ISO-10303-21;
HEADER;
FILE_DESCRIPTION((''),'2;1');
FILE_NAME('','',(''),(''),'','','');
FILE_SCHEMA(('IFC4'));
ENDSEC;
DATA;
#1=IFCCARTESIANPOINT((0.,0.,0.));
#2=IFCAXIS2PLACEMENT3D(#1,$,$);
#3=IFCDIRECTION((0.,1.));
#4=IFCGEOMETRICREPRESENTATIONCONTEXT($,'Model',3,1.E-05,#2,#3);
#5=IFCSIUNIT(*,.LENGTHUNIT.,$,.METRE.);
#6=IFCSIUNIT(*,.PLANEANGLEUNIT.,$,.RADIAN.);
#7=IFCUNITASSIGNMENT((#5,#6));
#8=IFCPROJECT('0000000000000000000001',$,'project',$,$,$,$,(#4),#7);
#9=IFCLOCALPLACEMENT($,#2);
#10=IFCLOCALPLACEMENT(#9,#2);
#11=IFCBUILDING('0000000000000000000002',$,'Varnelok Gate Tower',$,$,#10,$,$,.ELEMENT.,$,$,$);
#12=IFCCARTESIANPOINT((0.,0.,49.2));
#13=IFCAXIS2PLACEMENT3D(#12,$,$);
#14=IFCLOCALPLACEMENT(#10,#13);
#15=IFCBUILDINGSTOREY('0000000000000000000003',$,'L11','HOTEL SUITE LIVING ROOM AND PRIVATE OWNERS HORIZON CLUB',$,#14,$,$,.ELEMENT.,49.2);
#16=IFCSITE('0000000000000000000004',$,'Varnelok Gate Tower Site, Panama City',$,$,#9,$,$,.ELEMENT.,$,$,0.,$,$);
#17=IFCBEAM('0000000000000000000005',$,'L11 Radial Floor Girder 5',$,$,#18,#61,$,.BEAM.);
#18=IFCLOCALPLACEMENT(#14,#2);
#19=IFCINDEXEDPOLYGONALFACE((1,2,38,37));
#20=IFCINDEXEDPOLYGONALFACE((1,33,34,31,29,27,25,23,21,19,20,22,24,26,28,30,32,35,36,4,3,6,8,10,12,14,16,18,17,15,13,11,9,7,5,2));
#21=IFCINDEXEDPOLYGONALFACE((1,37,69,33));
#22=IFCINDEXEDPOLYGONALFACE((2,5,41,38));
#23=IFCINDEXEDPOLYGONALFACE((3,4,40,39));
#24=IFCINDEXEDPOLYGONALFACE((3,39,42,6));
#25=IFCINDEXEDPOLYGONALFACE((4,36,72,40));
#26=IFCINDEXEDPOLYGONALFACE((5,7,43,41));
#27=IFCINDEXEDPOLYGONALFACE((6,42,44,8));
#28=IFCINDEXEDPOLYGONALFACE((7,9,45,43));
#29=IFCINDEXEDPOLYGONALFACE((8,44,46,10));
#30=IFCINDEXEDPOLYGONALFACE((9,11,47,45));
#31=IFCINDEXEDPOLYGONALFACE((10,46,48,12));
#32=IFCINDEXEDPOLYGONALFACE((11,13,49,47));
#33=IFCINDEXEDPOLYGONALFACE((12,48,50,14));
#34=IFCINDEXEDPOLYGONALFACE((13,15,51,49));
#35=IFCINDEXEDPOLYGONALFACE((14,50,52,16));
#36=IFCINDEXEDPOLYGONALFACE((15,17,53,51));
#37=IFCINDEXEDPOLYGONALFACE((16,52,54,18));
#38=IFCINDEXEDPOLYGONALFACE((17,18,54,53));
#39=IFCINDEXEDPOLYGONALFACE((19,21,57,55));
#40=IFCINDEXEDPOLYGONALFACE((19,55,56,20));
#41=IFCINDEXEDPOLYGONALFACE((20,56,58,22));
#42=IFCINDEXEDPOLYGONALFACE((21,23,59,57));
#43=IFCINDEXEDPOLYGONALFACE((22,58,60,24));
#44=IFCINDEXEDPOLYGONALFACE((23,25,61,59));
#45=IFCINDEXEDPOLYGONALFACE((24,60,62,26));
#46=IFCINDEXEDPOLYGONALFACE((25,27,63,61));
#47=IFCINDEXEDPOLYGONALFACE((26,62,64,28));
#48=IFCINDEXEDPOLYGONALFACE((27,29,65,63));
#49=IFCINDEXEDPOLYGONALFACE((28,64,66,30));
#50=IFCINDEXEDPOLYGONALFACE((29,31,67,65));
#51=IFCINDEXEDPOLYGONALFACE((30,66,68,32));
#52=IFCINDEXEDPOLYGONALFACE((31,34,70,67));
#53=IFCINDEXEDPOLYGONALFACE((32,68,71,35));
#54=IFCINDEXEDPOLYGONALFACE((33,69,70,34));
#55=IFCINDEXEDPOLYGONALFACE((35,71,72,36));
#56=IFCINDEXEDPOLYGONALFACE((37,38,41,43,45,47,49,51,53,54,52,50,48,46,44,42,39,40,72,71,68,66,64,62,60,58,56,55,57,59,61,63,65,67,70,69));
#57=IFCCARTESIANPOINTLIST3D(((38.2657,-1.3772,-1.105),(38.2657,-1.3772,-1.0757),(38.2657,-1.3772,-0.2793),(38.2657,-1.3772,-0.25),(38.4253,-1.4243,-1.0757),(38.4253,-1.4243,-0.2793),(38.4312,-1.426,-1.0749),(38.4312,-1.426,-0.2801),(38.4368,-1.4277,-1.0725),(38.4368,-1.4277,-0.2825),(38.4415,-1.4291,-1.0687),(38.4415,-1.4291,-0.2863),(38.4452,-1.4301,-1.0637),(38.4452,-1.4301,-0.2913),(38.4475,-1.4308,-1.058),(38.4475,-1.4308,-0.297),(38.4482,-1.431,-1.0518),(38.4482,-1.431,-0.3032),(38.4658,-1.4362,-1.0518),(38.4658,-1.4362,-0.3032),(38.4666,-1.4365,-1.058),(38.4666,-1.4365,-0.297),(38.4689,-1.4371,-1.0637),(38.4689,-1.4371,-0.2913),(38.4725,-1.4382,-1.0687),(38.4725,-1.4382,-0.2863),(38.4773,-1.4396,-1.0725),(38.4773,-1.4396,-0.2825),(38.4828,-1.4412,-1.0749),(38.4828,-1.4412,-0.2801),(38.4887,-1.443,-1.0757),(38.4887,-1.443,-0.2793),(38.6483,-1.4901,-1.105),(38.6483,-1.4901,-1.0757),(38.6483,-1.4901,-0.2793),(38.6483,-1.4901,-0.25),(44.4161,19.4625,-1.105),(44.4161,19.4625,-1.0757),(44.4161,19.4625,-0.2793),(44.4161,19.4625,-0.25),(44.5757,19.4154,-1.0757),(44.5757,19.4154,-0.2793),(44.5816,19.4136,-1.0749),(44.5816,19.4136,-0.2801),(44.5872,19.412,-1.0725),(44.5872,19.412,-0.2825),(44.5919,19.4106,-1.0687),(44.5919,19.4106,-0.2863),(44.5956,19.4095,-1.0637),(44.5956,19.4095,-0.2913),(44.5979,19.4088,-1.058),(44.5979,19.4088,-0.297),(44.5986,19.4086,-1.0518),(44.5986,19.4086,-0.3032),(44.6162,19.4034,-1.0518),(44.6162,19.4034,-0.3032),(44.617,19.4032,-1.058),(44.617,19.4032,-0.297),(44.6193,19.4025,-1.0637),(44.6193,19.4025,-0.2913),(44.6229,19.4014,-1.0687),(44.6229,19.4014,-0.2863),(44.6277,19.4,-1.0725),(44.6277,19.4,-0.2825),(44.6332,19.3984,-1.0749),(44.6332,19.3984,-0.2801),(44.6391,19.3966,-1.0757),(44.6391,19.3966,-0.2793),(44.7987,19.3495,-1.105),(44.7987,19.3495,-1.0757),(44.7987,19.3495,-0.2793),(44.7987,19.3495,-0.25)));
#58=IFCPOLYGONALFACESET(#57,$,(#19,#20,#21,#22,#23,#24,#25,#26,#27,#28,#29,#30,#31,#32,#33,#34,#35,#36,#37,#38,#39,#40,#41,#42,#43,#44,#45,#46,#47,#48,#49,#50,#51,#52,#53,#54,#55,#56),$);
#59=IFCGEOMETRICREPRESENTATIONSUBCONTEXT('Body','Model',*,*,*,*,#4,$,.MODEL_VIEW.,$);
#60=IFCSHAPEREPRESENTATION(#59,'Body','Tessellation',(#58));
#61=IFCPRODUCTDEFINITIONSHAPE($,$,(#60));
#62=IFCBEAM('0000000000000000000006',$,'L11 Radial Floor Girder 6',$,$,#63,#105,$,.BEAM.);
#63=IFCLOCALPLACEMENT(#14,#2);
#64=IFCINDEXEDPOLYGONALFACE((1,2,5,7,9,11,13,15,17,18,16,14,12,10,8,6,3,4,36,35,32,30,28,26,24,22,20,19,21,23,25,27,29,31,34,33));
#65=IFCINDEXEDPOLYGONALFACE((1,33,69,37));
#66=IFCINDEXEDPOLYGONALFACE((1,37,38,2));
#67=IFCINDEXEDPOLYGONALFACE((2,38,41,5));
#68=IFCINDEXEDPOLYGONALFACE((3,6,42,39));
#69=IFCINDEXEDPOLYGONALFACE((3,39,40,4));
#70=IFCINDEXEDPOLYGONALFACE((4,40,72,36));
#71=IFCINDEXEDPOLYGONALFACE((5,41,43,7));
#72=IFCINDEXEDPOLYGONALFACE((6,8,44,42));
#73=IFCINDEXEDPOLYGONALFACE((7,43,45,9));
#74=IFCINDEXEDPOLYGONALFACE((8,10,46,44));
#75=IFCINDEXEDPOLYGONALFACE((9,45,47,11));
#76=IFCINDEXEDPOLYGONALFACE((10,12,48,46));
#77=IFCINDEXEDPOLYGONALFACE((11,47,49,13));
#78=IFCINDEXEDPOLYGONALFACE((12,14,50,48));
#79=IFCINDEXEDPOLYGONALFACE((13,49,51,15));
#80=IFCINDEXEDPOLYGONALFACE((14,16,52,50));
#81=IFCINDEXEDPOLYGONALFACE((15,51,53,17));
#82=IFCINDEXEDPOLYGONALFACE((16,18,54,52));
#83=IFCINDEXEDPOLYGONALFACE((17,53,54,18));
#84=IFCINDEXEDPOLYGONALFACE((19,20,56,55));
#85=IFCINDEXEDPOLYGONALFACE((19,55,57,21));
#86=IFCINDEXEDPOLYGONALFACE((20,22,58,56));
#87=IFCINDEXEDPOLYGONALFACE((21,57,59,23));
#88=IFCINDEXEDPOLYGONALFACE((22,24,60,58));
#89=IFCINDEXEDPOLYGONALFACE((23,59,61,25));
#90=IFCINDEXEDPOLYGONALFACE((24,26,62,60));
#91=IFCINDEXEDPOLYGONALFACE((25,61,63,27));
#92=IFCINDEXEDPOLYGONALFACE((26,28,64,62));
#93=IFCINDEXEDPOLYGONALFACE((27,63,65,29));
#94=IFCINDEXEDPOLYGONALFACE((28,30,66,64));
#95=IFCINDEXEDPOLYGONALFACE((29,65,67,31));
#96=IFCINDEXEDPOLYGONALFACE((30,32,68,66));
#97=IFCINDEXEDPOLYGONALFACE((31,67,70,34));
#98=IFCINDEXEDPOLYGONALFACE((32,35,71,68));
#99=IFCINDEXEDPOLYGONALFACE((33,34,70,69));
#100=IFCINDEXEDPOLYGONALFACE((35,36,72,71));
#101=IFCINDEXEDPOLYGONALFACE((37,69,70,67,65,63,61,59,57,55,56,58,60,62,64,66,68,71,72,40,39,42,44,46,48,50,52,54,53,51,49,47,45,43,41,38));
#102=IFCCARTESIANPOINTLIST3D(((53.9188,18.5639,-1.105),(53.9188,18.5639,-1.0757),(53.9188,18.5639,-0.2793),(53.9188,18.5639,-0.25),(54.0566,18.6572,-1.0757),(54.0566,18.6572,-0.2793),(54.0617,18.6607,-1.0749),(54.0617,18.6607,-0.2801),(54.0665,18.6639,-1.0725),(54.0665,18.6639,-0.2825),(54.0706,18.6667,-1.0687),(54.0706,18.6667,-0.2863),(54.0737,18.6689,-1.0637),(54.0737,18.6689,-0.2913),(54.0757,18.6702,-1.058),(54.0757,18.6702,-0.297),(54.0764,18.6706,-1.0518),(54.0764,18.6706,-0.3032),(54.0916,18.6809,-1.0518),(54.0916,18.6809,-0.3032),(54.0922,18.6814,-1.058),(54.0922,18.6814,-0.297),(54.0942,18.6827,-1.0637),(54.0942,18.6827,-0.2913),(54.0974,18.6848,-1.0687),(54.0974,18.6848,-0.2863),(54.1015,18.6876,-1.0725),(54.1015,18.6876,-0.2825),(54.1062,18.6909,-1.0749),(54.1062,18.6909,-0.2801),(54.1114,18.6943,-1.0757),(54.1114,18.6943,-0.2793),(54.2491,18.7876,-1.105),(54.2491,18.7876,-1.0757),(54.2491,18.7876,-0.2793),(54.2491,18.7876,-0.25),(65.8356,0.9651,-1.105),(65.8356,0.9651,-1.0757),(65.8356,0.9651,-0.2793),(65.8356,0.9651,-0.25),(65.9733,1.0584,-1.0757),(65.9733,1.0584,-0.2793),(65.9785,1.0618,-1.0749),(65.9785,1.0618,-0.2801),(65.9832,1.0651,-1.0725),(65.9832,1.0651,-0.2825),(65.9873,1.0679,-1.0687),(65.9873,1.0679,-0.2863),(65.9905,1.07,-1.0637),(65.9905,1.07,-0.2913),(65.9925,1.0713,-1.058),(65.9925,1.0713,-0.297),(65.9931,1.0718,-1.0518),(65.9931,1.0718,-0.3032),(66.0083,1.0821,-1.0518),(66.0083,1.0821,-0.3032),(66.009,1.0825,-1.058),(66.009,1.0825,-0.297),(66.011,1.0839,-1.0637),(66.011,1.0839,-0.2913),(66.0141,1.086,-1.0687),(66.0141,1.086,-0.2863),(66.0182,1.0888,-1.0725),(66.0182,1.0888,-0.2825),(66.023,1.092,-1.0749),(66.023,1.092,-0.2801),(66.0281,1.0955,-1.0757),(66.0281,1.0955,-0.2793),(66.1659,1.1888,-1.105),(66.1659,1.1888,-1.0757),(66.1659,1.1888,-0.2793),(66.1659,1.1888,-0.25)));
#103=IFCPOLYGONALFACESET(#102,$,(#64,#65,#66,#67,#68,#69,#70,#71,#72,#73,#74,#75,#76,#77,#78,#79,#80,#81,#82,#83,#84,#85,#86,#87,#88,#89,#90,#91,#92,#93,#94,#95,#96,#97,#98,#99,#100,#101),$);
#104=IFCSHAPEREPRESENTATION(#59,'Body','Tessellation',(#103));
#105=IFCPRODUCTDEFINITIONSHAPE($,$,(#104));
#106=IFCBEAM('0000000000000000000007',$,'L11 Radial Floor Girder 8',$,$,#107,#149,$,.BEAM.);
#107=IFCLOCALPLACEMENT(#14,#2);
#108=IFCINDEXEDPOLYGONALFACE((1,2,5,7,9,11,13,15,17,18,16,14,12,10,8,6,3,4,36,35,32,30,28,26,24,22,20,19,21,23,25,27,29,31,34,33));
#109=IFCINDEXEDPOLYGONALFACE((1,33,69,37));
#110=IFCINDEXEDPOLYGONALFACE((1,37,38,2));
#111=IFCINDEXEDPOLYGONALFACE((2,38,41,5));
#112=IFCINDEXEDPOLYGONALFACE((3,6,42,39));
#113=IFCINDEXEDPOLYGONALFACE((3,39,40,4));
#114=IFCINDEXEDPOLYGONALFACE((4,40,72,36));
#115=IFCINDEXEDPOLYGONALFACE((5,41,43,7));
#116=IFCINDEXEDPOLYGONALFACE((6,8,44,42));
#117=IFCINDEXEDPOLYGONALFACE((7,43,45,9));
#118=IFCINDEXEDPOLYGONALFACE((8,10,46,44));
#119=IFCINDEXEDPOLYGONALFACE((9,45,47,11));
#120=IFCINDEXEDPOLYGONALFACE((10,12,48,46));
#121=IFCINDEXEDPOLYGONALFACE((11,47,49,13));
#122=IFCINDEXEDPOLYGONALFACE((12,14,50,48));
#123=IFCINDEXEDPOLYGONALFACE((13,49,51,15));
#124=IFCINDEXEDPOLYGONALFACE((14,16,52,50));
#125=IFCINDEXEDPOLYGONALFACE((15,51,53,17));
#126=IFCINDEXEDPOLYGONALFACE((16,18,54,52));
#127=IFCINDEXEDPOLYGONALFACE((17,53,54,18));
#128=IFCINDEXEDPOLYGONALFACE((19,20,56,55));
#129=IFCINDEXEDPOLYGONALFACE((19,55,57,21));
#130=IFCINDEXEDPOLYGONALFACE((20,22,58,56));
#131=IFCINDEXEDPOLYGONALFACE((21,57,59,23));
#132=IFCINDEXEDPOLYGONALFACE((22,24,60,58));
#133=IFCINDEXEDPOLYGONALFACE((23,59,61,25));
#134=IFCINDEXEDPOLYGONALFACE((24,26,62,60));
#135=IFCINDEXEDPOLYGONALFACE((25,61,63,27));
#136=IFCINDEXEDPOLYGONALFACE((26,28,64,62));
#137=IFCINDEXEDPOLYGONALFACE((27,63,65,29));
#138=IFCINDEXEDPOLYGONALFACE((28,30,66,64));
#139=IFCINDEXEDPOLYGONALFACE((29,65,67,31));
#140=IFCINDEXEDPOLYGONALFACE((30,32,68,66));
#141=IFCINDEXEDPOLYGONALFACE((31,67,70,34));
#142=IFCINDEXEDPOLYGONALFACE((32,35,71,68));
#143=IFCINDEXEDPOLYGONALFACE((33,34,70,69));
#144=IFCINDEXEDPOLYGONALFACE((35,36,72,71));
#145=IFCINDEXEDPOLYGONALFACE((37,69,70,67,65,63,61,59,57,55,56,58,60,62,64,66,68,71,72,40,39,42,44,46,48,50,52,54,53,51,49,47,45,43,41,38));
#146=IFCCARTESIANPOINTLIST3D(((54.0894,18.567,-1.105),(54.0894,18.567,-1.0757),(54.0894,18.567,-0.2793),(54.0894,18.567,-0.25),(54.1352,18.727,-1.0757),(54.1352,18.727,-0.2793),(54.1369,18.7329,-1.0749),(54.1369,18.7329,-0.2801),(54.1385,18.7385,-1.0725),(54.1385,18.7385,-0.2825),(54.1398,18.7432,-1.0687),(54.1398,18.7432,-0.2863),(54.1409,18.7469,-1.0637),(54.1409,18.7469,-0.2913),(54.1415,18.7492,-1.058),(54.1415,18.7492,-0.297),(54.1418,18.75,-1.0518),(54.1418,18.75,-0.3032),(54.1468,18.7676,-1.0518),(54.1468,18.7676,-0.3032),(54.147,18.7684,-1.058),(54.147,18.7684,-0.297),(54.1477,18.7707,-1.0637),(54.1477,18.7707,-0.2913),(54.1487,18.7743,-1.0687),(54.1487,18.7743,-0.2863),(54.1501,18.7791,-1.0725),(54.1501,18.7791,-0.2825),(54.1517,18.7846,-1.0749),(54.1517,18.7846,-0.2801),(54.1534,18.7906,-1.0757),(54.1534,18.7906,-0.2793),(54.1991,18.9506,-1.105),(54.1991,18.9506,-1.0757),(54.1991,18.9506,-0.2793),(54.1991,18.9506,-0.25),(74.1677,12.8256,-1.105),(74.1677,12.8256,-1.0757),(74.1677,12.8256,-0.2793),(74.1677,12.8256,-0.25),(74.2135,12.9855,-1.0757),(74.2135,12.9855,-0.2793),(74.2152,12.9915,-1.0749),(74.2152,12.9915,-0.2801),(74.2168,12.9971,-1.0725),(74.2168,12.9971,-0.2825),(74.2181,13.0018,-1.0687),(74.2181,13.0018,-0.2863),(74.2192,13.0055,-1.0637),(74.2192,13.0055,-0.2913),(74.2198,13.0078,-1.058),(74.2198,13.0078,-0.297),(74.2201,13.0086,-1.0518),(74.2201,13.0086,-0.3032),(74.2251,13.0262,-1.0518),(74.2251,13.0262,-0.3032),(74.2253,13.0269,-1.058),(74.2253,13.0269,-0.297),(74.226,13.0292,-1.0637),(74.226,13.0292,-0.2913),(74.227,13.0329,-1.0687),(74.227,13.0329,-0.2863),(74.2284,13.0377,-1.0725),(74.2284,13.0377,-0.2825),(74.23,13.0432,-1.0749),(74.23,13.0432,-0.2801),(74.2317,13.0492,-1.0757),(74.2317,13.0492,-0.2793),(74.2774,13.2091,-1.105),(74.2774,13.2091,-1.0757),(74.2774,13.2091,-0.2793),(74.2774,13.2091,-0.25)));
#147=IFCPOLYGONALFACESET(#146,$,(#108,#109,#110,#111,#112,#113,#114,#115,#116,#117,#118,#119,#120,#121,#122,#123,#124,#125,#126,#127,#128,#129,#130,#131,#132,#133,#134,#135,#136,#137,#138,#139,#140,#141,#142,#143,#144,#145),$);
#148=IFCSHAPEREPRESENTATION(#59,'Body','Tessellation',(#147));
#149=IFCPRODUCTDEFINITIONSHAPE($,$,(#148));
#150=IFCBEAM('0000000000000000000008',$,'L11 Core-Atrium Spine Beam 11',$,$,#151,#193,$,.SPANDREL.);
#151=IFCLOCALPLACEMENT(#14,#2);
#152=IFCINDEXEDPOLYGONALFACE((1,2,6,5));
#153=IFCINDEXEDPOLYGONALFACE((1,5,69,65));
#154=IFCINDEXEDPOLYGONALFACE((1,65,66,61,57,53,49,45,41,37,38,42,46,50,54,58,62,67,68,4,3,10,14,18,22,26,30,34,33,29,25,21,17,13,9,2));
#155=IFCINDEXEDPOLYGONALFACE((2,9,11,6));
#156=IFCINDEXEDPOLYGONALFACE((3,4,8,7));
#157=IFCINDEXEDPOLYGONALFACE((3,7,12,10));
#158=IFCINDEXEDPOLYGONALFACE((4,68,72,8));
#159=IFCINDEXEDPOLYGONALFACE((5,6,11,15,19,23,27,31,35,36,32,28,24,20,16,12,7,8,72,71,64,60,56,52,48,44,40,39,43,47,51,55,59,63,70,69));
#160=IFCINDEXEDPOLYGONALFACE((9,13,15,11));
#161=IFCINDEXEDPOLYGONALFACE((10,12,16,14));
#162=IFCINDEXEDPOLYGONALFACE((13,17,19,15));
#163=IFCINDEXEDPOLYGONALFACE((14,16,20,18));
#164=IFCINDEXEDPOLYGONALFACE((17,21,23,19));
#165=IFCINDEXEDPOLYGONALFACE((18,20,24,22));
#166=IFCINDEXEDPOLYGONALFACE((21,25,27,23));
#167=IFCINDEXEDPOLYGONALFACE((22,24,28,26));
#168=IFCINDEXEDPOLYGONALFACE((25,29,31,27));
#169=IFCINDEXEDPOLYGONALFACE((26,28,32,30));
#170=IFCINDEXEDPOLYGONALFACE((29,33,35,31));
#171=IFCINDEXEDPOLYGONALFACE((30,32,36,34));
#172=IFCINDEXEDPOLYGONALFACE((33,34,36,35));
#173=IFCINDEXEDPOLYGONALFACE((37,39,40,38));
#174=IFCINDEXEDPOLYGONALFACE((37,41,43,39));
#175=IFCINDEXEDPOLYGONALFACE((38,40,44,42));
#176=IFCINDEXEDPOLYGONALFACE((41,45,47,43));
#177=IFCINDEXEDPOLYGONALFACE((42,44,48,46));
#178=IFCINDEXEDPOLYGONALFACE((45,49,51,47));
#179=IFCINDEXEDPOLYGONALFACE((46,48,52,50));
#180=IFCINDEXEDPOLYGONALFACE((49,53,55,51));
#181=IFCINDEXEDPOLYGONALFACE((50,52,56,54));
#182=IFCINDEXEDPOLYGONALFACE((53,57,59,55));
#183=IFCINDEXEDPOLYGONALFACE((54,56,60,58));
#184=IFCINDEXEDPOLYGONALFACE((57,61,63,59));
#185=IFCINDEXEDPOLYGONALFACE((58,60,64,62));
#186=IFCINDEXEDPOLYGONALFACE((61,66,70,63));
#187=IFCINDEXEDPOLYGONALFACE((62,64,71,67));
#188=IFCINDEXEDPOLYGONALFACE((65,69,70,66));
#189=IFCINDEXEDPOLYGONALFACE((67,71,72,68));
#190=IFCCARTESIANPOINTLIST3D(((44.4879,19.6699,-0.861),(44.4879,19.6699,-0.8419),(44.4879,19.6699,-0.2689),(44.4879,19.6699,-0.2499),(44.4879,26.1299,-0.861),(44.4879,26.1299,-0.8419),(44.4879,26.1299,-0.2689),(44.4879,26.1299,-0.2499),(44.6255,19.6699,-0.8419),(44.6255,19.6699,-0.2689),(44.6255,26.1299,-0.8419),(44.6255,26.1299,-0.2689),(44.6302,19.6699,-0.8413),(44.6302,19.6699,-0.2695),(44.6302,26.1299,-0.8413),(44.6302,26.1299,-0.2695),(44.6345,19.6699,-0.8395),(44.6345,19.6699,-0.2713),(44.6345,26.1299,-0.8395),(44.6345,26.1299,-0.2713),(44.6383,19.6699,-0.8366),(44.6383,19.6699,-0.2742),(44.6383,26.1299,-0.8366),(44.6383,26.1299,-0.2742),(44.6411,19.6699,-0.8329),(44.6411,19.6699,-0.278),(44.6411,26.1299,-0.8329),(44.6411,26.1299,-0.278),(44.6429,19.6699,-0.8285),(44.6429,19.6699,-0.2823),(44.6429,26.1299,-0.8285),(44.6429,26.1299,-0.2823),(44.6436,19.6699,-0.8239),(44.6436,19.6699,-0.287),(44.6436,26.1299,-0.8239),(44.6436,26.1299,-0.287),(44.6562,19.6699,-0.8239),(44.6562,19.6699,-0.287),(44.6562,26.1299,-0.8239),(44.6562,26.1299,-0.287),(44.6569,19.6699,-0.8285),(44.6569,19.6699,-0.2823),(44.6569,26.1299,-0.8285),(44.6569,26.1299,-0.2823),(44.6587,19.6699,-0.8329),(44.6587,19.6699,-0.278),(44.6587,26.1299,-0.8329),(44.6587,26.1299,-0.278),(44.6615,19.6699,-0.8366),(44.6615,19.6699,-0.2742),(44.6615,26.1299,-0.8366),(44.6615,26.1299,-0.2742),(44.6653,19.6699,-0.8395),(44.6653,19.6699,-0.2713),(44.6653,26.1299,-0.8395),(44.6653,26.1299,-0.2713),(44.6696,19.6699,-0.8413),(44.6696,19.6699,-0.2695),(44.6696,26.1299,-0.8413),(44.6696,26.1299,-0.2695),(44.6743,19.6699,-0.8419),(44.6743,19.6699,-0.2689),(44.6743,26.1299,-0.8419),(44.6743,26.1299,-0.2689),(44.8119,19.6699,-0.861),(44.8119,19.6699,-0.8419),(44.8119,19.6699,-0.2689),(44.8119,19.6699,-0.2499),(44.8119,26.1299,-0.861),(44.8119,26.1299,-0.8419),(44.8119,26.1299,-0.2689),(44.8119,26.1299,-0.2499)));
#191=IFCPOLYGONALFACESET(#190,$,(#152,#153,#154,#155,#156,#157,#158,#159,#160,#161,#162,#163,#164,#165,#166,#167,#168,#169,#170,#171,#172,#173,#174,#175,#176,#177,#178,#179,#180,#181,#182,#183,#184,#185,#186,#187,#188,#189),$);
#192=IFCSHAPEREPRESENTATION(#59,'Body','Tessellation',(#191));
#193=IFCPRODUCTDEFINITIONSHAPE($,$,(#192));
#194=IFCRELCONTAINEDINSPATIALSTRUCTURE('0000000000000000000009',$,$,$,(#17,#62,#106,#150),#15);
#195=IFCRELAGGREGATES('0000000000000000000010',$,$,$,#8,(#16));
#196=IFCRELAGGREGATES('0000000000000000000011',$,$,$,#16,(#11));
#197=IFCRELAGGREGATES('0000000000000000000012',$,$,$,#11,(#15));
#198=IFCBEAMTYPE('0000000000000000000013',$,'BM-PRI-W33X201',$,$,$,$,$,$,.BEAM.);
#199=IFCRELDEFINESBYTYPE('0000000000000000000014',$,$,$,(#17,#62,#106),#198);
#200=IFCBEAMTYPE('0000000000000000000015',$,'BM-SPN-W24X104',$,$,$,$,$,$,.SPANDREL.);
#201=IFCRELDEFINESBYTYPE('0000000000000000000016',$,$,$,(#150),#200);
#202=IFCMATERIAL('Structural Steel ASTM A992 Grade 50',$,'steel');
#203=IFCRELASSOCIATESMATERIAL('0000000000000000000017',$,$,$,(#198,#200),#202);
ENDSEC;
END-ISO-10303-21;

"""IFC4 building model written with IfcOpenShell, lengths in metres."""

from ifc_helpers import new_model, si_unit, direction, frame, origin, origin_2d, place, context, subcontext, project, spatial, i_section, extrude, material, material_profile, profile_set, type_object, element, save


model = new_model("IFC4")

# Units and contexts
model_context = context("Model", 3, precision=1e-05, world=origin(), true_north=direction((0.0, 1.0)))
body_context = subcontext(model_context, "Body", "Model", "MODEL_VIEW")
ifc_project = project(units=[si_unit("LENGTHUNIT", "METRE"), si_unit("PLANEANGLEUNIT", "RADIAN")], contexts=[model_context])

# Site, building, storey
site_placement = place(None, origin())
site = spatial("IfcSite", under=ifc_project, at=site_placement, Name="Varnelok Gate Tower Site, Panama City", CompositionType="ELEMENT", RefElevation=0.0)
building_placement = place(site_placement, origin())
building = spatial("IfcBuilding", under=site, at=building_placement, Name="Varnelok Gate Tower", CompositionType="ELEMENT")
storey_placement = place(building_placement, frame((0.0, 0.0, 49.2)))
storey = spatial("IfcBuildingStorey", under=building, at=storey_placement, Name="L11", Description="HOTEL SUITE LIVING ROOM AND PRIVATE OWNERS HORIZON CLUB", CompositionType="ELEMENT", Elevation=49.2)

# Shared definitions
ifc_material_1 = material(Name="Structural Steel ASTM A992 Grade 50", Category="steel")

# Beams
ifc_material_profile_1 = material_profile(ifc_material_1, i_section(OverallWidth=0.3989, OverallDepth=0.855, WebThickness=0.0183, FlangeThickness=0.0293, FilletRadius=0.0239, at=origin_2d()), Name="W33X201")
ifc_profile_set_1 = profile_set([ifc_material_profile_1], Name="Structural Steel ASTM A992 Grade 50")
beam_type_1 = type_object("IfcBeamType", Name="BM-PRI-W33X201", PredefinedType="BEAM", material=ifc_profile_set_1)
beam_1_placement = place(storey_placement, frame((44.6074, 19.406, -0.6775), z_axis=(-0.28306, -0.959102, 0.0), x_axis=(0.959102, -0.28306, 0.0)))
element("IfcBeam", 1, at=beam_1_placement, inside=storey, type_object=beam_type_1, Name="L11 Radial Floor Girder 5", PredefinedType="BEAM", context=body_context, shape_type="SweptSolid", body=[
    extrude(i_section(OverallWidth=0.3989, OverallDepth=0.855, WebThickness=0.0183, FlangeThickness=0.0293, FilletRadius=0.0239, at=origin_2d()), origin(), (0.0, 0.0, 1.0), 21.7283),
])
beam_2_placement = place(storey_placement, frame((54.084, 18.6758, -0.6775), z_axis=(0.560685, -0.828029, 0.0), x_axis=(0.828029, 0.560685, 0.0)))
element("IfcBeam", 2, at=beam_2_placement, inside=storey, type_object=beam_type_1, Name="L11 Radial Floor Girder 6", PredefinedType="BEAM", context=body_context, shape_type="SweptSolid", body=[
    extrude(i_section(OverallWidth=0.3989, OverallDepth=0.855, WebThickness=0.0183, FlangeThickness=0.0293, FilletRadius=0.0239, at=origin_2d()), origin(), (0.0, 0.0, 1.0), 21.2539),
])
beam_3_placement = place(storey_placement, frame((54.1443, 18.7588, -0.6775), z_axis=(0.961463, -0.274933, 0.0), x_axis=(0.274933, 0.961463, 0.0)))
element("IfcBeam", 3, at=beam_3_placement, inside=storey, type_object=beam_type_1, Name="L11 Radial Floor Girder 8", PredefinedType="BEAM", context=body_context, shape_type="SweptSolid", body=[
    extrude(i_section(OverallWidth=0.3989, OverallDepth=0.855, WebThickness=0.0183, FlangeThickness=0.0293, FilletRadius=0.0239, at=origin_2d()), origin(), (0.0, 0.0, 1.0), 20.8831),
])
ifc_material_profile_2 = material_profile(ifc_material_1, i_section(OverallWidth=0.324, OverallDepth=0.6111, WebThickness=0.0127, FlangeThickness=0.019, FilletRadius=0.0181, at=origin_2d()), Name="W24X104")
ifc_profile_set_2 = profile_set([ifc_material_profile_2], Name="Structural Steel ASTM A992 Grade 50")
beam_type_2 = type_object("IfcBeamType", Name="BM-SPN-W24X104", PredefinedType="SPANDREL", material=ifc_profile_set_2)
beam_4_placement = place(storey_placement, frame((44.6499, 19.6699, -0.5554), z_axis=(0.0, 1.0, 0.0), x_axis=(-1.0, 0.0, 0.0)))
element("IfcBeam", 4, at=beam_4_placement, inside=storey, type_object=beam_type_2, Name="L11 Core-Atrium Spine Beam 11", PredefinedType="SPANDREL", context=body_context, shape_type="SweptSolid", body=[
    extrude(i_section(OverallWidth=0.324, OverallDepth=0.6111, WebThickness=0.0127, FlangeThickness=0.019, FilletRadius=0.0181, at=origin_2d()), origin(), (0.0, 0.0, 1.0), 6.46),
])

save(model, "model.ifc")
